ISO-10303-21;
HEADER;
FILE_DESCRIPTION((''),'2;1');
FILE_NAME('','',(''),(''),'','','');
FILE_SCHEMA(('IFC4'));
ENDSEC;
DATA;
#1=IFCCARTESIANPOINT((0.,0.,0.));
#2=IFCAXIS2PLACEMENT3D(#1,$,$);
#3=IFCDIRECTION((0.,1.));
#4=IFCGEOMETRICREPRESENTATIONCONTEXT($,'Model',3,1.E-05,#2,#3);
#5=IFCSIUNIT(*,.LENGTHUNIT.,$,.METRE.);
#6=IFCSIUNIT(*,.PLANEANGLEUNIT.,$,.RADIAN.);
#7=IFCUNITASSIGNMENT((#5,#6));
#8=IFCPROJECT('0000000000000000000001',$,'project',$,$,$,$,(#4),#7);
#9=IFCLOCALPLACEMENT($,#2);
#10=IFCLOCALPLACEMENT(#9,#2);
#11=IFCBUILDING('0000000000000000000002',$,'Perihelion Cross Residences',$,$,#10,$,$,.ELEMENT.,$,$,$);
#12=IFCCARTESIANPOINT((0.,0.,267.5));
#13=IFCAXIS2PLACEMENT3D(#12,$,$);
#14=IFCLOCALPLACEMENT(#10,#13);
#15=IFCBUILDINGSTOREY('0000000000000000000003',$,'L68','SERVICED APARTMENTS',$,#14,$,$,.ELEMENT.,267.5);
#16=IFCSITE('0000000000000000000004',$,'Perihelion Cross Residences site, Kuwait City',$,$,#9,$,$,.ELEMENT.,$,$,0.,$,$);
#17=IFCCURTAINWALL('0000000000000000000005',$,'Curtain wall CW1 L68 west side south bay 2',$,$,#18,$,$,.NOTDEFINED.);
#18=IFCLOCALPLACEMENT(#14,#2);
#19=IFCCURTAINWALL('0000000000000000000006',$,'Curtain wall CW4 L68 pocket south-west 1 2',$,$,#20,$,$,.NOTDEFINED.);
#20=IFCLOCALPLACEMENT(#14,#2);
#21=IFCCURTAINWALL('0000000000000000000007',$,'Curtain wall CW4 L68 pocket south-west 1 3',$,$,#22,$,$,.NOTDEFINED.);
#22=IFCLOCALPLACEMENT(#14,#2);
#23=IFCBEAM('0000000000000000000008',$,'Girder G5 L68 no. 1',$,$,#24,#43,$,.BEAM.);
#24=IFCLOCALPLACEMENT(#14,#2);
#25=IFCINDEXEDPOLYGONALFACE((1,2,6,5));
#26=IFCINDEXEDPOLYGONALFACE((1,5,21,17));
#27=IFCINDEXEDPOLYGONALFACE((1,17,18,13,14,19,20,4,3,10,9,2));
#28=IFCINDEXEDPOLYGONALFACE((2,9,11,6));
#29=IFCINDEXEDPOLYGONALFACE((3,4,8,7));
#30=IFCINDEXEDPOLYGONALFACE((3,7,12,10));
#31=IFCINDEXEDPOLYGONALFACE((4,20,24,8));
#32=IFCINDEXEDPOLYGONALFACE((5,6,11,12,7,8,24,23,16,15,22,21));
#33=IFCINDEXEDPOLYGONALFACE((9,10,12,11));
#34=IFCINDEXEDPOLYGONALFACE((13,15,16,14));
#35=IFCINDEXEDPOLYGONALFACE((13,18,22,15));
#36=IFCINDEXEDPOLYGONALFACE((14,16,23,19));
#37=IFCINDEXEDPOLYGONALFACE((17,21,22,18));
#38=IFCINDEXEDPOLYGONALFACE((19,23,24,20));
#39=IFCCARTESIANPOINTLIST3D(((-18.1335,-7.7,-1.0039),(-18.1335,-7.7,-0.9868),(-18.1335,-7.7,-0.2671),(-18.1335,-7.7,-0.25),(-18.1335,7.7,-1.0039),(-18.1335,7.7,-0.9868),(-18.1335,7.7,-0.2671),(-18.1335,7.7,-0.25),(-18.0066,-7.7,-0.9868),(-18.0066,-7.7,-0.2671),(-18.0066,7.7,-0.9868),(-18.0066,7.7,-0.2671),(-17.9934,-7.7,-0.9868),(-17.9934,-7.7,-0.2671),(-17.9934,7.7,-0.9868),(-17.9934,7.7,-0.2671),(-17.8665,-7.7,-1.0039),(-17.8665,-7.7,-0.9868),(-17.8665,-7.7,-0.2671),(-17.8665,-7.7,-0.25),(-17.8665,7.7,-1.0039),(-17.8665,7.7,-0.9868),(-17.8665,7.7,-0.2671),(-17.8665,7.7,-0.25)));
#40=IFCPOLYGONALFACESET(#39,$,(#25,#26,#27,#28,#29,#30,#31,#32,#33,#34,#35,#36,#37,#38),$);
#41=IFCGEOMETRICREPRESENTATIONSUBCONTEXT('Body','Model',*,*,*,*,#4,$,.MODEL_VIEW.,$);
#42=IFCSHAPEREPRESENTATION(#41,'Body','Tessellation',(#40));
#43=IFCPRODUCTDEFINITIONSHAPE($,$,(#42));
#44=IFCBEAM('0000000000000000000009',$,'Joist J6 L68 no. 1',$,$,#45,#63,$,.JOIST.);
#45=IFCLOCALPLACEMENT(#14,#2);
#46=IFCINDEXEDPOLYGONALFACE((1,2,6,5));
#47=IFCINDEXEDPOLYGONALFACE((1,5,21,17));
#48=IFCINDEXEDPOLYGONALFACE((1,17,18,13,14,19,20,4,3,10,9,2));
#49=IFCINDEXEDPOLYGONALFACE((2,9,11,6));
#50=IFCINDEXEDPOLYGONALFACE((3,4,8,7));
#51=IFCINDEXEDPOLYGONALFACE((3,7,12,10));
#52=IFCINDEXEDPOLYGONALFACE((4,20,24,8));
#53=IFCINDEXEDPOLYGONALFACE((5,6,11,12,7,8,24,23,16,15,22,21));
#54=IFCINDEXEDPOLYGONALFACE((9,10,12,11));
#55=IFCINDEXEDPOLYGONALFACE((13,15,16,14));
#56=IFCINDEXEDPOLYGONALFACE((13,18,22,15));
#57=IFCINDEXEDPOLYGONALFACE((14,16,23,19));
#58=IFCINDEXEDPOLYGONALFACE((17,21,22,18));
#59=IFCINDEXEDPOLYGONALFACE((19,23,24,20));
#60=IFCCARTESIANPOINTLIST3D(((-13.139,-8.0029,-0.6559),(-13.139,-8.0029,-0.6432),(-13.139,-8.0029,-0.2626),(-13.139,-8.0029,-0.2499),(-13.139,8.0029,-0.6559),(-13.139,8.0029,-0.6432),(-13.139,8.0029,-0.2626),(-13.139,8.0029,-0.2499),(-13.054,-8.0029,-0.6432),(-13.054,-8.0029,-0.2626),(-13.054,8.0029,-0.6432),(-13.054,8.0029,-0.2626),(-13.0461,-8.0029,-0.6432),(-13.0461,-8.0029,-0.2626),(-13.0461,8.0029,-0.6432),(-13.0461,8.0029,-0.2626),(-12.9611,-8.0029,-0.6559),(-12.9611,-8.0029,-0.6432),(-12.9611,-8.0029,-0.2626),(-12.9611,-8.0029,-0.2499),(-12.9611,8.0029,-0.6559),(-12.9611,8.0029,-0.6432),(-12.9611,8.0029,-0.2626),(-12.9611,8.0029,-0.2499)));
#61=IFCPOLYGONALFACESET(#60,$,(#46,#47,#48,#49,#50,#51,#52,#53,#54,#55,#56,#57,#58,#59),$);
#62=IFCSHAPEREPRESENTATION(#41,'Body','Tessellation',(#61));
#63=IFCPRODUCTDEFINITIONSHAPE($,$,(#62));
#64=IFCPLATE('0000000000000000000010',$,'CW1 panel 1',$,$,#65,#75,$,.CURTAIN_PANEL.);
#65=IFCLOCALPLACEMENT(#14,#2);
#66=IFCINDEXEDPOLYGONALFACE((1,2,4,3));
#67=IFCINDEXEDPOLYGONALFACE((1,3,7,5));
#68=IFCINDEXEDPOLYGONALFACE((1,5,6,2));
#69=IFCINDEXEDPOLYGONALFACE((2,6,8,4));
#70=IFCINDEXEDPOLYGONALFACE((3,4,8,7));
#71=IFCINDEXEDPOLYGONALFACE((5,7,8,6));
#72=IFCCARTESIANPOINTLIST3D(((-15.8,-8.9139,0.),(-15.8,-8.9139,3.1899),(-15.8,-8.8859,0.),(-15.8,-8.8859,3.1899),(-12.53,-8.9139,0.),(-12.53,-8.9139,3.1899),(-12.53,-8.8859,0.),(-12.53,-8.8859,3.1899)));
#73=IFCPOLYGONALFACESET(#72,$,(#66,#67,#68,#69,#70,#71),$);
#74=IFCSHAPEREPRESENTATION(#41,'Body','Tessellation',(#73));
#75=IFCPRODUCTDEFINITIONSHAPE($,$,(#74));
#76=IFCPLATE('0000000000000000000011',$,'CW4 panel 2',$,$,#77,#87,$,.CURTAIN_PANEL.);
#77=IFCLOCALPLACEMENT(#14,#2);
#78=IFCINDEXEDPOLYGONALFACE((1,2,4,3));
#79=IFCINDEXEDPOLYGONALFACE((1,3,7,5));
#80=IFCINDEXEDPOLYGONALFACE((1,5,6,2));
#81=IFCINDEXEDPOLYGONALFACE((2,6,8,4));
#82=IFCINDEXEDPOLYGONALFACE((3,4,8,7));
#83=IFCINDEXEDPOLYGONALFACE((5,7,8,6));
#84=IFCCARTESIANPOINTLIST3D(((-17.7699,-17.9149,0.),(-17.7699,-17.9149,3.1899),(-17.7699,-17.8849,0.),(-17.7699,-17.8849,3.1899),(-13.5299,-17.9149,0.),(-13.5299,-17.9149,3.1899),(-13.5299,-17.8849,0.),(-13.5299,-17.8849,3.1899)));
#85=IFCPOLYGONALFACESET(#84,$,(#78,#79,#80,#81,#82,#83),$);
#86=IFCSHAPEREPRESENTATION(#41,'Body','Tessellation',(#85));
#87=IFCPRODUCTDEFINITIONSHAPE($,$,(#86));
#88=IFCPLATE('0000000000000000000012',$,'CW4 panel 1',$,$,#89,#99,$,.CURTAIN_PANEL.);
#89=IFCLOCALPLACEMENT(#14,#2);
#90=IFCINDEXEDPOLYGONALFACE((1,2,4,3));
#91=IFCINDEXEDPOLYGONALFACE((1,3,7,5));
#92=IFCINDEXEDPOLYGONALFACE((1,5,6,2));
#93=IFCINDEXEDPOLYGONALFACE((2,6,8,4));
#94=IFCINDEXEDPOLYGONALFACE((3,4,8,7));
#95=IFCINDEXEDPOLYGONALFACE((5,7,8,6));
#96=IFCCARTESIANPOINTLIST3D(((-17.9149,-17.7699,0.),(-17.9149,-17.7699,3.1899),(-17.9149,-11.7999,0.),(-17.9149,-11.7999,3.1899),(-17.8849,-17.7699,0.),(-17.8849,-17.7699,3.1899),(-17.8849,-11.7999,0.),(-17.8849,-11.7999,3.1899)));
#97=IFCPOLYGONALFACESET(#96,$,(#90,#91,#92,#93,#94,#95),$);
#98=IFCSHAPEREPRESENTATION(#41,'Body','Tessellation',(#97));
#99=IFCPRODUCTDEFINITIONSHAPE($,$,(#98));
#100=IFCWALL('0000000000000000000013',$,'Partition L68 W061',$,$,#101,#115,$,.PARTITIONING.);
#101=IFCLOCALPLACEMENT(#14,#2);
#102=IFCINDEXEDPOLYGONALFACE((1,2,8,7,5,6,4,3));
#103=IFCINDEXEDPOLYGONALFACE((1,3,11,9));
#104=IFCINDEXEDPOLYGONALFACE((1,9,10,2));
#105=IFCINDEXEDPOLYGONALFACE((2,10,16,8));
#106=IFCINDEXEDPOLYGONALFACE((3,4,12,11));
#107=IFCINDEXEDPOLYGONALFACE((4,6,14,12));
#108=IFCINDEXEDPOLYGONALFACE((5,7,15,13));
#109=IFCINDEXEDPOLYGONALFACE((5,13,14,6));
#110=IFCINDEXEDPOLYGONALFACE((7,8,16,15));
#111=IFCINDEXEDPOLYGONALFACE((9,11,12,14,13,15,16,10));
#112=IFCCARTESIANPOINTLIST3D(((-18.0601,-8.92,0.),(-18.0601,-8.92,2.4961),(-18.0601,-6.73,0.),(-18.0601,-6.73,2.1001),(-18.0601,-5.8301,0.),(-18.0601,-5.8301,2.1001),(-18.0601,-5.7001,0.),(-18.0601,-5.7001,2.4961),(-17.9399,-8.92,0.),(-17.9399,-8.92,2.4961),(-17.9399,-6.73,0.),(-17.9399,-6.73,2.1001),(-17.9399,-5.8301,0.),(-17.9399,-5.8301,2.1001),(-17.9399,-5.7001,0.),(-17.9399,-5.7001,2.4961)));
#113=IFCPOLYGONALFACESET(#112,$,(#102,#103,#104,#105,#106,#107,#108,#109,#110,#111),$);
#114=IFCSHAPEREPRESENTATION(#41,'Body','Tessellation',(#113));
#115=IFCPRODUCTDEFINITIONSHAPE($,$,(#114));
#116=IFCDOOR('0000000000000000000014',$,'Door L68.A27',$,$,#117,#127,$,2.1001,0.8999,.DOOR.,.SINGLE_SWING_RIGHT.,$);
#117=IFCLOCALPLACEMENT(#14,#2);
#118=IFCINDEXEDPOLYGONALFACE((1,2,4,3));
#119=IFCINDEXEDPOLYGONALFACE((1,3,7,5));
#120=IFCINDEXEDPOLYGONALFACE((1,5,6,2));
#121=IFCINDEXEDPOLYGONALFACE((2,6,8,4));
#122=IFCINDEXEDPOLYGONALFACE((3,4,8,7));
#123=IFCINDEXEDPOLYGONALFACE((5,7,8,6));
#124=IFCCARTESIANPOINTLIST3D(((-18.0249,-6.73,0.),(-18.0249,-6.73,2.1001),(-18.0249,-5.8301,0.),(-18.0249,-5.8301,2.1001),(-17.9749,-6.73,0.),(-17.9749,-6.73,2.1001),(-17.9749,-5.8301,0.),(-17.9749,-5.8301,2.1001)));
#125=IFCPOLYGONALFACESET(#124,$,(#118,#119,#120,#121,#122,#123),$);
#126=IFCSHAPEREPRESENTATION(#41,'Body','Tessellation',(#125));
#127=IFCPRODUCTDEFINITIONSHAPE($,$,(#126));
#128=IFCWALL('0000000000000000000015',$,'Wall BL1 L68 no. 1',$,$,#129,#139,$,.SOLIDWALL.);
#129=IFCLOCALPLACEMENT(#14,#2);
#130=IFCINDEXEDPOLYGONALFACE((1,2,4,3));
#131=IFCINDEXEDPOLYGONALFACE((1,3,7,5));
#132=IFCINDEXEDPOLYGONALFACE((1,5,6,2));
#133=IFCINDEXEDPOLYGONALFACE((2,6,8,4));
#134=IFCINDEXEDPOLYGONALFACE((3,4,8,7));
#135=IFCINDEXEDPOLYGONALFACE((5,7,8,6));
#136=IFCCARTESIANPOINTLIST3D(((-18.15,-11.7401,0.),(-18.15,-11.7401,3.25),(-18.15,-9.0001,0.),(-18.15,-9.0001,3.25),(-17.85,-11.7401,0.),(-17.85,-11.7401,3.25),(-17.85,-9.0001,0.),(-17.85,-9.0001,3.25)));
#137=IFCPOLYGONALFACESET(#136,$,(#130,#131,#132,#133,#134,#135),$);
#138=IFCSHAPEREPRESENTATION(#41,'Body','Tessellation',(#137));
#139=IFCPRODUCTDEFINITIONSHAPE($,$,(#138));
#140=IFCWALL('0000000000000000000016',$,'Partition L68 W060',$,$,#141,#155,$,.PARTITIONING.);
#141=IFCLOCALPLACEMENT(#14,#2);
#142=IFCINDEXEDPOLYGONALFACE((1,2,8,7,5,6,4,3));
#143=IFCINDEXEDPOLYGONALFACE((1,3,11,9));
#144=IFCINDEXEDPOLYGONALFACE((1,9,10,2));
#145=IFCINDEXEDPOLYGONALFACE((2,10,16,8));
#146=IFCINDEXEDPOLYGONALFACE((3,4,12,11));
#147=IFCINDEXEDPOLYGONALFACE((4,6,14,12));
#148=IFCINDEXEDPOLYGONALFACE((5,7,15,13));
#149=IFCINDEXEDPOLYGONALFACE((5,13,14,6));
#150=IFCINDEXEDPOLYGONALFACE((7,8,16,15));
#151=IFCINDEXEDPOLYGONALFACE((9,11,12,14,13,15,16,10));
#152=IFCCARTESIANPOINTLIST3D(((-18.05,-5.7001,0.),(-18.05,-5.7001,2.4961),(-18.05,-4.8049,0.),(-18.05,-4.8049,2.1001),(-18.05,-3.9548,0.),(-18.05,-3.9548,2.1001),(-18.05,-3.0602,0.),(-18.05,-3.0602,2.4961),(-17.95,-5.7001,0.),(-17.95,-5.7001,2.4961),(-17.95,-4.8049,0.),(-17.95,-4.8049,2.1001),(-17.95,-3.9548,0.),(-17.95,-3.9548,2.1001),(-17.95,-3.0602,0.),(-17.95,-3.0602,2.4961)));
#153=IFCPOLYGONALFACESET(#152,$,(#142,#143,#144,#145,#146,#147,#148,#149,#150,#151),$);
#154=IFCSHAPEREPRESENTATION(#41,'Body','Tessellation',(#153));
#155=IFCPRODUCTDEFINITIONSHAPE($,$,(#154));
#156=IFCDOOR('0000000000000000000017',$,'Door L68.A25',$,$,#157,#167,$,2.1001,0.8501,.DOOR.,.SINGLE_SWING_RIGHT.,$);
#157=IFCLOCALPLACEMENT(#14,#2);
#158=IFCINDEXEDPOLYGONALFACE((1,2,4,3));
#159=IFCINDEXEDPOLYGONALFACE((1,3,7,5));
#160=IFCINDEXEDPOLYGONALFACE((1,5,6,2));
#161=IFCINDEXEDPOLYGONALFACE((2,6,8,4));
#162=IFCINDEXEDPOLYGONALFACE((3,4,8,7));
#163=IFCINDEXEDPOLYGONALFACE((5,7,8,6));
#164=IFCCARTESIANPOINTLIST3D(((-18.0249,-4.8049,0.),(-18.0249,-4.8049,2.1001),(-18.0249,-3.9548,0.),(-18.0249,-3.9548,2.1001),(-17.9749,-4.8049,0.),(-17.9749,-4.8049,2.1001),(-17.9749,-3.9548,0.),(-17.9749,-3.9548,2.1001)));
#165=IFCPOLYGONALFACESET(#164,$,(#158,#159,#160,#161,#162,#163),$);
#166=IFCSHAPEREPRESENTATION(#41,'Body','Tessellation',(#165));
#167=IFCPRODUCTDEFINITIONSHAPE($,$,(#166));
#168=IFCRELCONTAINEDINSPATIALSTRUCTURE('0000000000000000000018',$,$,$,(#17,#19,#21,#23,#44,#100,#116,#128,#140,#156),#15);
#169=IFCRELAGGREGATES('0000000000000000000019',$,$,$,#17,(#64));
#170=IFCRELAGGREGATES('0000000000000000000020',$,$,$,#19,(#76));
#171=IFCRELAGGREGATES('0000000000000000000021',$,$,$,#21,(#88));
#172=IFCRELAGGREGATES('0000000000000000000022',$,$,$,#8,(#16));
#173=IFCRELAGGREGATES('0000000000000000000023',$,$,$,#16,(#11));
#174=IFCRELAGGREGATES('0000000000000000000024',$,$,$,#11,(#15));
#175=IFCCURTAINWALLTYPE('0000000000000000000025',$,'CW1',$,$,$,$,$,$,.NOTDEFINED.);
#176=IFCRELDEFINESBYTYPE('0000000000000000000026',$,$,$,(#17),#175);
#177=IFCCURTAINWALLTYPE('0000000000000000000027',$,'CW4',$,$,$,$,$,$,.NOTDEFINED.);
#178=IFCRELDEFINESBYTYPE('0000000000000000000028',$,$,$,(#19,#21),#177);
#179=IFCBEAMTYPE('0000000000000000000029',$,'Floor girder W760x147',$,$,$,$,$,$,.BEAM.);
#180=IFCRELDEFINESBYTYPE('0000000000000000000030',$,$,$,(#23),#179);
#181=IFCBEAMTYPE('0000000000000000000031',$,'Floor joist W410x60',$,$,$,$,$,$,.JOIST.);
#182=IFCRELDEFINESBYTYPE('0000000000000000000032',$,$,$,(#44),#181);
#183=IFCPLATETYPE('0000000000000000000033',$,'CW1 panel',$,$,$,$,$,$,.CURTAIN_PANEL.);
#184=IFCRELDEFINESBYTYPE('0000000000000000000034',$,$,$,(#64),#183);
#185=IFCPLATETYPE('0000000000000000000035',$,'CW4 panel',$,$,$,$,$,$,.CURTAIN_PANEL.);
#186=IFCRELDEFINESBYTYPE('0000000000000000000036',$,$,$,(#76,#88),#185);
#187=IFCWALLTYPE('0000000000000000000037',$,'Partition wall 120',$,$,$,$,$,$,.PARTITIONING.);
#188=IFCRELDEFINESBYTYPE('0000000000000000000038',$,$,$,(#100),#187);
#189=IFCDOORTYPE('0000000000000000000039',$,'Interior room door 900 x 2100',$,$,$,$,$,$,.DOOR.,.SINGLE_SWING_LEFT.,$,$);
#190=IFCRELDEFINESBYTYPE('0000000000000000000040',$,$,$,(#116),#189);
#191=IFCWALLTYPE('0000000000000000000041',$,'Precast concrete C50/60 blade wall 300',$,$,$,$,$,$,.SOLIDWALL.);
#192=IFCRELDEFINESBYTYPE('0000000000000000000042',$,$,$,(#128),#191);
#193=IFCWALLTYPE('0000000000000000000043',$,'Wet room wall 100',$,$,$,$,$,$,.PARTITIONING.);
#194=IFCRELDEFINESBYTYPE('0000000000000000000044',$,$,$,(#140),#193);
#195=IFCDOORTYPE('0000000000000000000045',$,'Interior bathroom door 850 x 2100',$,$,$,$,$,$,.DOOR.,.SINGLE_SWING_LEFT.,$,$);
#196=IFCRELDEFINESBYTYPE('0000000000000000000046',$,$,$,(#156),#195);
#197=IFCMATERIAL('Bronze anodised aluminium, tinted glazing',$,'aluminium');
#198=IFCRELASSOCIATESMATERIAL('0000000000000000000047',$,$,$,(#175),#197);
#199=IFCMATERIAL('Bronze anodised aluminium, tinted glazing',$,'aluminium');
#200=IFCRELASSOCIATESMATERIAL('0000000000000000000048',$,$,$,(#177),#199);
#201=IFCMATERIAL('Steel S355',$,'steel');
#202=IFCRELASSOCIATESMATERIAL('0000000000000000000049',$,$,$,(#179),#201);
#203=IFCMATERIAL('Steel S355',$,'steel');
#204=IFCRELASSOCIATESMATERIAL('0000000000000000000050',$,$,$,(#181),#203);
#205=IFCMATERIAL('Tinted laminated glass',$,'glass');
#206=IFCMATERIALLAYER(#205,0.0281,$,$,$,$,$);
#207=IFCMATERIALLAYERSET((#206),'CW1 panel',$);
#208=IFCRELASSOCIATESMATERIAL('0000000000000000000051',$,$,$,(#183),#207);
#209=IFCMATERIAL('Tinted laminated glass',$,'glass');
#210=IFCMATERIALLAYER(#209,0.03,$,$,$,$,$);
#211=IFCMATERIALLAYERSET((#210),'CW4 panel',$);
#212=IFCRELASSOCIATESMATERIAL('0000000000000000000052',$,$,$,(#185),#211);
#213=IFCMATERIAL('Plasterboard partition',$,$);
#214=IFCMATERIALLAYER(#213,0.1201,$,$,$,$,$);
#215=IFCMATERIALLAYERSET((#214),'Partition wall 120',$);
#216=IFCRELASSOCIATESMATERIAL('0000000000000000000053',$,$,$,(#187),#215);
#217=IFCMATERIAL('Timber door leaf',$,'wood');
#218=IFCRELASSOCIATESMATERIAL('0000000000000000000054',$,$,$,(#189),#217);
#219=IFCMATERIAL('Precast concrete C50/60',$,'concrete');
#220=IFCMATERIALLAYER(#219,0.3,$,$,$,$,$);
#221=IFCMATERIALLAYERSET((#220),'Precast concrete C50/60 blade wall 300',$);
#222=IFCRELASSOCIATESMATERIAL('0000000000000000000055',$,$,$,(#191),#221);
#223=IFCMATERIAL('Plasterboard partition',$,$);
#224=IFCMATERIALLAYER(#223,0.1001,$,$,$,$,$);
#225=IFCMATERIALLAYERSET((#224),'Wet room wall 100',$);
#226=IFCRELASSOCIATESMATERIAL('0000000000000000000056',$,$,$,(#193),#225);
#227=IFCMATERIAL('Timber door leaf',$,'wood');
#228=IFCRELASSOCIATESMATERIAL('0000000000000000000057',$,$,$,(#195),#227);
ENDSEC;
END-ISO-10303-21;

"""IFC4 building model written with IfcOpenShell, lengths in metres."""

from ifc_helpers import new_model, si_unit, direction, frame, frame_2d, origin, origin_2d, place, context, subcontext, project, spatial, rectangle, i_section, extrude, material, layer, layer_set, material_profile, profile_set, type_object, element, fill, aggregate, save


model = new_model("IFC4")

# Units and contexts
model_context = context("Model", 3, precision=1e-05, world=origin(), true_north=direction((0.0, 1.0)))
body_context = subcontext(model_context, "Body", "Model", "MODEL_VIEW")
ifc_project = project(units=[si_unit("LENGTHUNIT", "METRE"), si_unit("PLANEANGLEUNIT", "RADIAN")], contexts=[model_context])

# Site, building, storey
site_placement = place(None, origin())
site = spatial("IfcSite", under=ifc_project, at=site_placement, Name="Perihelion Cross Residences site, Kuwait City", CompositionType="ELEMENT", RefElevation=0.0)
building_placement = place(site_placement, origin())
building = spatial("IfcBuilding", under=site, at=building_placement, Name="Perihelion Cross Residences", CompositionType="ELEMENT")
storey_placement = place(building_placement, frame((0.0, 0.0, 267.5)))
storey = spatial("IfcBuildingStorey", under=building, at=storey_placement, Name="L68", Description="SERVICED APARTMENTS", CompositionType="ELEMENT", Elevation=267.5)

# Curtain walls
ifc_material_1 = material(Name="Bronze anodised aluminium, tinted glazing", Category="aluminium")
curtain_wall_type_1 = type_object("IfcCurtainWallType", Name="CW1", PredefinedType="NOTDEFINED", material=ifc_material_1)
curtain_wall_1_placement = place(storey_placement, origin())
curtain_wall_1 = element("IfcCurtainWall", 1, at=curtain_wall_1_placement, inside=storey, type_object=curtain_wall_type_1, Name="Curtain wall CW1 L68 west side south bay 2", PredefinedType="NOTDEFINED")
ifc_material_2 = material(Name="Bronze anodised aluminium, tinted glazing", Category="aluminium")
curtain_wall_type_2 = type_object("IfcCurtainWallType", Name="CW4", PredefinedType="NOTDEFINED", material=ifc_material_2)
curtain_wall_2_placement = place(storey_placement, origin())
curtain_wall_2 = element("IfcCurtainWall", 2, at=curtain_wall_2_placement, inside=storey, type_object=curtain_wall_type_2, Name="Curtain wall CW4 L68 pocket south-west 1 2", PredefinedType="NOTDEFINED")
curtain_wall_3_placement = place(storey_placement, origin())
curtain_wall_3 = element("IfcCurtainWall", 3, at=curtain_wall_3_placement, inside=storey, type_object=curtain_wall_type_2, Name="Curtain wall CW4 L68 pocket south-west 1 3", PredefinedType="NOTDEFINED")

# Beams
ifc_material_3 = material(Name="Steel S355", Category="steel")
ifc_material_profile_1 = material_profile(ifc_material_3, i_section(OverallWidth=0.2671, OverallDepth=0.7539, WebThickness=0.0132, FlangeThickness=0.0171, at=origin_2d()), Name="W760x147")
ifc_profile_set_1 = profile_set([ifc_material_profile_1], Name="Steel S355")
beam_type_1 = type_object("IfcBeamType", Name="Floor girder W760x147", PredefinedType="BEAM", material=ifc_profile_set_1)
beam_1_placement = place(storey_placement, frame((-18.0, -7.7, -0.627), z_axis=(0.0, 1.0, 0.0), x_axis=(-1.0, 0.0, 0.0)))
element("IfcBeam", 4, at=beam_1_placement, inside=storey, type_object=beam_type_1, Name="Girder G5 L68 no. 1", PredefinedType="BEAM", context=body_context, shape_type="SweptSolid", body=[
    extrude(i_section(OverallWidth=0.2671, OverallDepth=0.7539, WebThickness=0.0132, FlangeThickness=0.0171, at=origin_2d()), origin(), (0.0, 0.0, 1.0), 15.3999),
])
ifc_material_4 = material(Name="Steel S355", Category="steel")
ifc_material_profile_2 = material_profile(ifc_material_4, i_section(OverallWidth=0.178, OverallDepth=0.406, WebThickness=0.0078, FlangeThickness=0.0127, at=origin_2d()), Name="W410x60")
ifc_profile_set_2 = profile_set([ifc_material_profile_2], Name="Steel S355")
beam_type_2 = type_object("IfcBeamType", Name="Floor joist W410x60", PredefinedType="JOIST", material=ifc_profile_set_2)
beam_2_placement = place(storey_placement, frame((-13.05, -8.0029, -0.4529), z_axis=(0.0, 1.0, 0.0), x_axis=(-1.0, 0.0, 0.0)))
element("IfcBeam", 5, at=beam_2_placement, inside=storey, type_object=beam_type_2, Name="Joist J6 L68 no. 1", PredefinedType="JOIST", context=body_context, shape_type="SweptSolid", body=[
    extrude(i_section(OverallWidth=0.178, OverallDepth=0.406, WebThickness=0.0078, FlangeThickness=0.0127, at=origin_2d()), origin(), (0.0, 0.0, 1.0), 16.0059),
])

# Plates
ifc_material_5 = material(Name="Tinted laminated glass", Category="glass")
ifc_layer_1 = layer(ifc_material_5, 0.0281)
ifc_layer_set_1 = layer_set([ifc_layer_1], Name="CW1 panel")
plate_type_1 = type_object("IfcPlateType", Name="CW1 panel", PredefinedType="CURTAIN_PANEL", material=ifc_layer_set_1)
plate_1_placement = place(storey_placement, frame((-14.165, -8.8999, 0.0), z_axis=(0.0, 0.0, 1.0), x_axis=(1.0, 0.0, 0.0)))
plate_1 = element("IfcPlate", 6, at=plate_1_placement, type_object=plate_type_1, Name="CW1 panel 1", PredefinedType="CURTAIN_PANEL", context=body_context, shape_type="SweptSolid", body=[
    extrude(rectangle(XDim=3.27, YDim=0.0281, at=origin_2d()), origin(), (0.0, 0.0, 1.0), 3.1899),
])
aggregate(curtain_wall_1, [plate_1])
ifc_material_6 = material(Name="Tinted laminated glass", Category="glass")
ifc_layer_2 = layer(ifc_material_6, 0.03)
ifc_layer_set_2 = layer_set([ifc_layer_2], Name="CW4 panel")
plate_type_2 = type_object("IfcPlateType", Name="CW4 panel", PredefinedType="CURTAIN_PANEL", material=ifc_layer_set_2)
plate_2_placement = place(storey_placement, frame((-15.6499, -17.8999, 0.0), z_axis=(0.0, 0.0, 1.0), x_axis=(-1.0, 0.0, 0.0)))
plate_2 = element("IfcPlate", 7, at=plate_2_placement, type_object=plate_type_2, Name="CW4 panel 2", PredefinedType="CURTAIN_PANEL", context=body_context, shape_type="SweptSolid", body=[
    extrude(rectangle(XDim=4.24, YDim=0.03, at=origin_2d()), origin(), (0.0, 0.0, 1.0), 3.1899),
])
aggregate(curtain_wall_2, [plate_2])
plate_3_placement = place(storey_placement, frame((-17.8999, -14.7849, 0.0), z_axis=(0.0, 0.0, 1.0), x_axis=(0.0, 1.0, 0.0)))
plate_3 = element("IfcPlate", 8, at=plate_3_placement, type_object=plate_type_2, Name="CW4 panel 1", PredefinedType="CURTAIN_PANEL", context=body_context, shape_type="SweptSolid", body=[
    extrude(rectangle(XDim=5.97, YDim=0.03, at=origin_2d()), origin(), (0.0, 0.0, 1.0), 3.1899),
])
aggregate(curtain_wall_3, [plate_3])

# Wall, opening, door
ifc_material_7 = material(Name="Plasterboard partition")
ifc_layer_3 = layer(ifc_material_7, 0.1201)
ifc_layer_set_3 = layer_set([ifc_layer_3], Name="Partition wall 120")
wall_type_1 = type_object("IfcWallType", Name="Partition wall 120", PredefinedType="PARTITIONING", material=ifc_layer_set_3)
wall_1_placement = place(storey_placement, frame((-18.0, -8.9199, 0.0), z_axis=(0.0, 0.0, 1.0), x_axis=(0.0, 1.0, 0.0)))
wall_1 = element("IfcWall", 9, at=wall_1_placement, inside=storey, type_object=wall_type_1, Name="Partition L68 W061", PredefinedType="PARTITIONING", context=body_context, shape_type="SweptSolid", body=[
    extrude(rectangle(XDim=3.22, YDim=0.1201, at=frame_2d((1.6099, 0.0))), origin(), (0.0, 0.0, 1.0), 2.4961),
])
opening_1_placement = place(wall_1_placement, frame((2.1899, 0.0, 0.0)))
opening_1 = element("IfcOpeningElement", 10, at=opening_1_placement, cuts=wall_1, PredefinedType="OPENING", context=body_context, shape_type="SweptSolid", body=[
    extrude(rectangle(XDim=0.8999, YDim=2.1001, at=frame_2d((0.45, 1.05))), frame((0.0, 0.0701, 0.0), z_axis=(0.0, -1.0, 0.0), x_axis=(1.0, 0.0, 0.0)), (0.0, 0.0, 1.0), 0.1401),
])
ifc_material_8 = material(Name="Timber door leaf", Category="wood")
door_type_1 = type_object("IfcDoorType", Name="Interior room door 900 x 2100", OperationType="SINGLE_SWING_LEFT", PredefinedType="DOOR", material=ifc_material_8)
door_1_placement = place(opening_1_placement, origin())
door_1 = element("IfcDoor", 11, at=door_1_placement, inside=storey, type_object=door_type_1, Name="Door L68.A27", OperationType="SINGLE_SWING_RIGHT", OverallHeight=2.1001, OverallWidth=0.8999, PredefinedType="DOOR", context=body_context, shape_type="SweptSolid", body=[
    extrude(rectangle(XDim=0.8999, YDim=2.1001, at=frame_2d((0.45, 1.05))), frame((0.0, 0.0249, 0.0), z_axis=(0.0, -1.0, 0.0), x_axis=(1.0, 0.0, 0.0)), (0.0, 0.0, 1.0), 0.05),
])
fill(opening_1, door_1)

# Wall
ifc_material_9 = material(Name="Precast concrete C50/60", Category="concrete")
ifc_layer_4 = layer(ifc_material_9, 0.3)
ifc_layer_set_4 = layer_set([ifc_layer_4], Name="Precast concrete C50/60 blade wall 300")
wall_type_2 = type_object("IfcWallType", Name="Precast concrete C50/60 blade wall 300", PredefinedType="SOLIDWALL", material=ifc_layer_set_4)
wall_2_placement = place(storey_placement, frame((-18.0, -9.0, 0.0), z_axis=(0.0, 0.0, 1.0), x_axis=(0.0, -1.0, 0.0)))
element("IfcWall", 12, at=wall_2_placement, inside=storey, type_object=wall_type_2, Name="Wall BL1 L68 no. 1", PredefinedType="SOLIDWALL", context=body_context, shape_type="SweptSolid", body=[
    extrude(rectangle(XDim=2.74, YDim=0.3, at=frame_2d((1.3701, 0.0))), origin(), (0.0, 0.0, 1.0), 3.25),
])

# Wall, opening, door
ifc_material_10 = material(Name="Plasterboard partition")
ifc_layer_5 = layer(ifc_material_10, 0.1001)
ifc_layer_set_5 = layer_set([ifc_layer_5], Name="Wet room wall 100")
wall_type_3 = type_object("IfcWallType", Name="Wet room wall 100", PredefinedType="PARTITIONING", material=ifc_layer_set_5)
wall_3_placement = place(storey_placement, frame((-18.0, -5.7, 0.0), z_axis=(0.0, 0.0, 1.0), x_axis=(0.0, 1.0, 0.0)))
wall_3 = element("IfcWall", 13, at=wall_3_placement, inside=storey, type_object=wall_type_3, Name="Partition L68 W060", PredefinedType="PARTITIONING", context=body_context, shape_type="SweptSolid", body=[
    extrude(rectangle(XDim=2.6399, YDim=0.1001, at=frame_2d((1.3198, 0.0))), origin(), (0.0, 0.0, 1.0), 2.4961),
])
opening_2_placement = place(wall_3_placement, frame((0.895, 0.0, 0.0)))
opening_2 = element("IfcOpeningElement", 14, at=opening_2_placement, cuts=wall_3, PredefinedType="OPENING", context=body_context, shape_type="SweptSolid", body=[
    extrude(rectangle(XDim=0.8501, YDim=2.1001, at=frame_2d((0.425, 1.05))), frame((0.0, 0.0601, 0.0), z_axis=(0.0, -1.0, 0.0), x_axis=(1.0, 0.0, 0.0)), (0.0, 0.0, 1.0), 0.1201),
])
ifc_material_11 = material(Name="Timber door leaf", Category="wood")
door_type_2 = type_object("IfcDoorType", Name="Interior bathroom door 850 x 2100", OperationType="SINGLE_SWING_LEFT", PredefinedType="DOOR", material=ifc_material_11)
door_2_placement = place(opening_2_placement, origin())
door_2 = element("IfcDoor", 15, at=door_2_placement, inside=storey, type_object=door_type_2, Name="Door L68.A25", OperationType="SINGLE_SWING_RIGHT", OverallHeight=2.1001, OverallWidth=0.8501, PredefinedType="DOOR", context=body_context, shape_type="SweptSolid", body=[
    extrude(rectangle(XDim=0.8501, YDim=2.1001, at=frame_2d((0.425, 1.05))), frame((0.0, 0.0249, 0.0), z_axis=(0.0, -1.0, 0.0), x_axis=(1.0, 0.0, 0.0)), (0.0, 0.0, 1.0), 0.05),
])
fill(opening_2, door_2)

save(model, "model.ifc")
